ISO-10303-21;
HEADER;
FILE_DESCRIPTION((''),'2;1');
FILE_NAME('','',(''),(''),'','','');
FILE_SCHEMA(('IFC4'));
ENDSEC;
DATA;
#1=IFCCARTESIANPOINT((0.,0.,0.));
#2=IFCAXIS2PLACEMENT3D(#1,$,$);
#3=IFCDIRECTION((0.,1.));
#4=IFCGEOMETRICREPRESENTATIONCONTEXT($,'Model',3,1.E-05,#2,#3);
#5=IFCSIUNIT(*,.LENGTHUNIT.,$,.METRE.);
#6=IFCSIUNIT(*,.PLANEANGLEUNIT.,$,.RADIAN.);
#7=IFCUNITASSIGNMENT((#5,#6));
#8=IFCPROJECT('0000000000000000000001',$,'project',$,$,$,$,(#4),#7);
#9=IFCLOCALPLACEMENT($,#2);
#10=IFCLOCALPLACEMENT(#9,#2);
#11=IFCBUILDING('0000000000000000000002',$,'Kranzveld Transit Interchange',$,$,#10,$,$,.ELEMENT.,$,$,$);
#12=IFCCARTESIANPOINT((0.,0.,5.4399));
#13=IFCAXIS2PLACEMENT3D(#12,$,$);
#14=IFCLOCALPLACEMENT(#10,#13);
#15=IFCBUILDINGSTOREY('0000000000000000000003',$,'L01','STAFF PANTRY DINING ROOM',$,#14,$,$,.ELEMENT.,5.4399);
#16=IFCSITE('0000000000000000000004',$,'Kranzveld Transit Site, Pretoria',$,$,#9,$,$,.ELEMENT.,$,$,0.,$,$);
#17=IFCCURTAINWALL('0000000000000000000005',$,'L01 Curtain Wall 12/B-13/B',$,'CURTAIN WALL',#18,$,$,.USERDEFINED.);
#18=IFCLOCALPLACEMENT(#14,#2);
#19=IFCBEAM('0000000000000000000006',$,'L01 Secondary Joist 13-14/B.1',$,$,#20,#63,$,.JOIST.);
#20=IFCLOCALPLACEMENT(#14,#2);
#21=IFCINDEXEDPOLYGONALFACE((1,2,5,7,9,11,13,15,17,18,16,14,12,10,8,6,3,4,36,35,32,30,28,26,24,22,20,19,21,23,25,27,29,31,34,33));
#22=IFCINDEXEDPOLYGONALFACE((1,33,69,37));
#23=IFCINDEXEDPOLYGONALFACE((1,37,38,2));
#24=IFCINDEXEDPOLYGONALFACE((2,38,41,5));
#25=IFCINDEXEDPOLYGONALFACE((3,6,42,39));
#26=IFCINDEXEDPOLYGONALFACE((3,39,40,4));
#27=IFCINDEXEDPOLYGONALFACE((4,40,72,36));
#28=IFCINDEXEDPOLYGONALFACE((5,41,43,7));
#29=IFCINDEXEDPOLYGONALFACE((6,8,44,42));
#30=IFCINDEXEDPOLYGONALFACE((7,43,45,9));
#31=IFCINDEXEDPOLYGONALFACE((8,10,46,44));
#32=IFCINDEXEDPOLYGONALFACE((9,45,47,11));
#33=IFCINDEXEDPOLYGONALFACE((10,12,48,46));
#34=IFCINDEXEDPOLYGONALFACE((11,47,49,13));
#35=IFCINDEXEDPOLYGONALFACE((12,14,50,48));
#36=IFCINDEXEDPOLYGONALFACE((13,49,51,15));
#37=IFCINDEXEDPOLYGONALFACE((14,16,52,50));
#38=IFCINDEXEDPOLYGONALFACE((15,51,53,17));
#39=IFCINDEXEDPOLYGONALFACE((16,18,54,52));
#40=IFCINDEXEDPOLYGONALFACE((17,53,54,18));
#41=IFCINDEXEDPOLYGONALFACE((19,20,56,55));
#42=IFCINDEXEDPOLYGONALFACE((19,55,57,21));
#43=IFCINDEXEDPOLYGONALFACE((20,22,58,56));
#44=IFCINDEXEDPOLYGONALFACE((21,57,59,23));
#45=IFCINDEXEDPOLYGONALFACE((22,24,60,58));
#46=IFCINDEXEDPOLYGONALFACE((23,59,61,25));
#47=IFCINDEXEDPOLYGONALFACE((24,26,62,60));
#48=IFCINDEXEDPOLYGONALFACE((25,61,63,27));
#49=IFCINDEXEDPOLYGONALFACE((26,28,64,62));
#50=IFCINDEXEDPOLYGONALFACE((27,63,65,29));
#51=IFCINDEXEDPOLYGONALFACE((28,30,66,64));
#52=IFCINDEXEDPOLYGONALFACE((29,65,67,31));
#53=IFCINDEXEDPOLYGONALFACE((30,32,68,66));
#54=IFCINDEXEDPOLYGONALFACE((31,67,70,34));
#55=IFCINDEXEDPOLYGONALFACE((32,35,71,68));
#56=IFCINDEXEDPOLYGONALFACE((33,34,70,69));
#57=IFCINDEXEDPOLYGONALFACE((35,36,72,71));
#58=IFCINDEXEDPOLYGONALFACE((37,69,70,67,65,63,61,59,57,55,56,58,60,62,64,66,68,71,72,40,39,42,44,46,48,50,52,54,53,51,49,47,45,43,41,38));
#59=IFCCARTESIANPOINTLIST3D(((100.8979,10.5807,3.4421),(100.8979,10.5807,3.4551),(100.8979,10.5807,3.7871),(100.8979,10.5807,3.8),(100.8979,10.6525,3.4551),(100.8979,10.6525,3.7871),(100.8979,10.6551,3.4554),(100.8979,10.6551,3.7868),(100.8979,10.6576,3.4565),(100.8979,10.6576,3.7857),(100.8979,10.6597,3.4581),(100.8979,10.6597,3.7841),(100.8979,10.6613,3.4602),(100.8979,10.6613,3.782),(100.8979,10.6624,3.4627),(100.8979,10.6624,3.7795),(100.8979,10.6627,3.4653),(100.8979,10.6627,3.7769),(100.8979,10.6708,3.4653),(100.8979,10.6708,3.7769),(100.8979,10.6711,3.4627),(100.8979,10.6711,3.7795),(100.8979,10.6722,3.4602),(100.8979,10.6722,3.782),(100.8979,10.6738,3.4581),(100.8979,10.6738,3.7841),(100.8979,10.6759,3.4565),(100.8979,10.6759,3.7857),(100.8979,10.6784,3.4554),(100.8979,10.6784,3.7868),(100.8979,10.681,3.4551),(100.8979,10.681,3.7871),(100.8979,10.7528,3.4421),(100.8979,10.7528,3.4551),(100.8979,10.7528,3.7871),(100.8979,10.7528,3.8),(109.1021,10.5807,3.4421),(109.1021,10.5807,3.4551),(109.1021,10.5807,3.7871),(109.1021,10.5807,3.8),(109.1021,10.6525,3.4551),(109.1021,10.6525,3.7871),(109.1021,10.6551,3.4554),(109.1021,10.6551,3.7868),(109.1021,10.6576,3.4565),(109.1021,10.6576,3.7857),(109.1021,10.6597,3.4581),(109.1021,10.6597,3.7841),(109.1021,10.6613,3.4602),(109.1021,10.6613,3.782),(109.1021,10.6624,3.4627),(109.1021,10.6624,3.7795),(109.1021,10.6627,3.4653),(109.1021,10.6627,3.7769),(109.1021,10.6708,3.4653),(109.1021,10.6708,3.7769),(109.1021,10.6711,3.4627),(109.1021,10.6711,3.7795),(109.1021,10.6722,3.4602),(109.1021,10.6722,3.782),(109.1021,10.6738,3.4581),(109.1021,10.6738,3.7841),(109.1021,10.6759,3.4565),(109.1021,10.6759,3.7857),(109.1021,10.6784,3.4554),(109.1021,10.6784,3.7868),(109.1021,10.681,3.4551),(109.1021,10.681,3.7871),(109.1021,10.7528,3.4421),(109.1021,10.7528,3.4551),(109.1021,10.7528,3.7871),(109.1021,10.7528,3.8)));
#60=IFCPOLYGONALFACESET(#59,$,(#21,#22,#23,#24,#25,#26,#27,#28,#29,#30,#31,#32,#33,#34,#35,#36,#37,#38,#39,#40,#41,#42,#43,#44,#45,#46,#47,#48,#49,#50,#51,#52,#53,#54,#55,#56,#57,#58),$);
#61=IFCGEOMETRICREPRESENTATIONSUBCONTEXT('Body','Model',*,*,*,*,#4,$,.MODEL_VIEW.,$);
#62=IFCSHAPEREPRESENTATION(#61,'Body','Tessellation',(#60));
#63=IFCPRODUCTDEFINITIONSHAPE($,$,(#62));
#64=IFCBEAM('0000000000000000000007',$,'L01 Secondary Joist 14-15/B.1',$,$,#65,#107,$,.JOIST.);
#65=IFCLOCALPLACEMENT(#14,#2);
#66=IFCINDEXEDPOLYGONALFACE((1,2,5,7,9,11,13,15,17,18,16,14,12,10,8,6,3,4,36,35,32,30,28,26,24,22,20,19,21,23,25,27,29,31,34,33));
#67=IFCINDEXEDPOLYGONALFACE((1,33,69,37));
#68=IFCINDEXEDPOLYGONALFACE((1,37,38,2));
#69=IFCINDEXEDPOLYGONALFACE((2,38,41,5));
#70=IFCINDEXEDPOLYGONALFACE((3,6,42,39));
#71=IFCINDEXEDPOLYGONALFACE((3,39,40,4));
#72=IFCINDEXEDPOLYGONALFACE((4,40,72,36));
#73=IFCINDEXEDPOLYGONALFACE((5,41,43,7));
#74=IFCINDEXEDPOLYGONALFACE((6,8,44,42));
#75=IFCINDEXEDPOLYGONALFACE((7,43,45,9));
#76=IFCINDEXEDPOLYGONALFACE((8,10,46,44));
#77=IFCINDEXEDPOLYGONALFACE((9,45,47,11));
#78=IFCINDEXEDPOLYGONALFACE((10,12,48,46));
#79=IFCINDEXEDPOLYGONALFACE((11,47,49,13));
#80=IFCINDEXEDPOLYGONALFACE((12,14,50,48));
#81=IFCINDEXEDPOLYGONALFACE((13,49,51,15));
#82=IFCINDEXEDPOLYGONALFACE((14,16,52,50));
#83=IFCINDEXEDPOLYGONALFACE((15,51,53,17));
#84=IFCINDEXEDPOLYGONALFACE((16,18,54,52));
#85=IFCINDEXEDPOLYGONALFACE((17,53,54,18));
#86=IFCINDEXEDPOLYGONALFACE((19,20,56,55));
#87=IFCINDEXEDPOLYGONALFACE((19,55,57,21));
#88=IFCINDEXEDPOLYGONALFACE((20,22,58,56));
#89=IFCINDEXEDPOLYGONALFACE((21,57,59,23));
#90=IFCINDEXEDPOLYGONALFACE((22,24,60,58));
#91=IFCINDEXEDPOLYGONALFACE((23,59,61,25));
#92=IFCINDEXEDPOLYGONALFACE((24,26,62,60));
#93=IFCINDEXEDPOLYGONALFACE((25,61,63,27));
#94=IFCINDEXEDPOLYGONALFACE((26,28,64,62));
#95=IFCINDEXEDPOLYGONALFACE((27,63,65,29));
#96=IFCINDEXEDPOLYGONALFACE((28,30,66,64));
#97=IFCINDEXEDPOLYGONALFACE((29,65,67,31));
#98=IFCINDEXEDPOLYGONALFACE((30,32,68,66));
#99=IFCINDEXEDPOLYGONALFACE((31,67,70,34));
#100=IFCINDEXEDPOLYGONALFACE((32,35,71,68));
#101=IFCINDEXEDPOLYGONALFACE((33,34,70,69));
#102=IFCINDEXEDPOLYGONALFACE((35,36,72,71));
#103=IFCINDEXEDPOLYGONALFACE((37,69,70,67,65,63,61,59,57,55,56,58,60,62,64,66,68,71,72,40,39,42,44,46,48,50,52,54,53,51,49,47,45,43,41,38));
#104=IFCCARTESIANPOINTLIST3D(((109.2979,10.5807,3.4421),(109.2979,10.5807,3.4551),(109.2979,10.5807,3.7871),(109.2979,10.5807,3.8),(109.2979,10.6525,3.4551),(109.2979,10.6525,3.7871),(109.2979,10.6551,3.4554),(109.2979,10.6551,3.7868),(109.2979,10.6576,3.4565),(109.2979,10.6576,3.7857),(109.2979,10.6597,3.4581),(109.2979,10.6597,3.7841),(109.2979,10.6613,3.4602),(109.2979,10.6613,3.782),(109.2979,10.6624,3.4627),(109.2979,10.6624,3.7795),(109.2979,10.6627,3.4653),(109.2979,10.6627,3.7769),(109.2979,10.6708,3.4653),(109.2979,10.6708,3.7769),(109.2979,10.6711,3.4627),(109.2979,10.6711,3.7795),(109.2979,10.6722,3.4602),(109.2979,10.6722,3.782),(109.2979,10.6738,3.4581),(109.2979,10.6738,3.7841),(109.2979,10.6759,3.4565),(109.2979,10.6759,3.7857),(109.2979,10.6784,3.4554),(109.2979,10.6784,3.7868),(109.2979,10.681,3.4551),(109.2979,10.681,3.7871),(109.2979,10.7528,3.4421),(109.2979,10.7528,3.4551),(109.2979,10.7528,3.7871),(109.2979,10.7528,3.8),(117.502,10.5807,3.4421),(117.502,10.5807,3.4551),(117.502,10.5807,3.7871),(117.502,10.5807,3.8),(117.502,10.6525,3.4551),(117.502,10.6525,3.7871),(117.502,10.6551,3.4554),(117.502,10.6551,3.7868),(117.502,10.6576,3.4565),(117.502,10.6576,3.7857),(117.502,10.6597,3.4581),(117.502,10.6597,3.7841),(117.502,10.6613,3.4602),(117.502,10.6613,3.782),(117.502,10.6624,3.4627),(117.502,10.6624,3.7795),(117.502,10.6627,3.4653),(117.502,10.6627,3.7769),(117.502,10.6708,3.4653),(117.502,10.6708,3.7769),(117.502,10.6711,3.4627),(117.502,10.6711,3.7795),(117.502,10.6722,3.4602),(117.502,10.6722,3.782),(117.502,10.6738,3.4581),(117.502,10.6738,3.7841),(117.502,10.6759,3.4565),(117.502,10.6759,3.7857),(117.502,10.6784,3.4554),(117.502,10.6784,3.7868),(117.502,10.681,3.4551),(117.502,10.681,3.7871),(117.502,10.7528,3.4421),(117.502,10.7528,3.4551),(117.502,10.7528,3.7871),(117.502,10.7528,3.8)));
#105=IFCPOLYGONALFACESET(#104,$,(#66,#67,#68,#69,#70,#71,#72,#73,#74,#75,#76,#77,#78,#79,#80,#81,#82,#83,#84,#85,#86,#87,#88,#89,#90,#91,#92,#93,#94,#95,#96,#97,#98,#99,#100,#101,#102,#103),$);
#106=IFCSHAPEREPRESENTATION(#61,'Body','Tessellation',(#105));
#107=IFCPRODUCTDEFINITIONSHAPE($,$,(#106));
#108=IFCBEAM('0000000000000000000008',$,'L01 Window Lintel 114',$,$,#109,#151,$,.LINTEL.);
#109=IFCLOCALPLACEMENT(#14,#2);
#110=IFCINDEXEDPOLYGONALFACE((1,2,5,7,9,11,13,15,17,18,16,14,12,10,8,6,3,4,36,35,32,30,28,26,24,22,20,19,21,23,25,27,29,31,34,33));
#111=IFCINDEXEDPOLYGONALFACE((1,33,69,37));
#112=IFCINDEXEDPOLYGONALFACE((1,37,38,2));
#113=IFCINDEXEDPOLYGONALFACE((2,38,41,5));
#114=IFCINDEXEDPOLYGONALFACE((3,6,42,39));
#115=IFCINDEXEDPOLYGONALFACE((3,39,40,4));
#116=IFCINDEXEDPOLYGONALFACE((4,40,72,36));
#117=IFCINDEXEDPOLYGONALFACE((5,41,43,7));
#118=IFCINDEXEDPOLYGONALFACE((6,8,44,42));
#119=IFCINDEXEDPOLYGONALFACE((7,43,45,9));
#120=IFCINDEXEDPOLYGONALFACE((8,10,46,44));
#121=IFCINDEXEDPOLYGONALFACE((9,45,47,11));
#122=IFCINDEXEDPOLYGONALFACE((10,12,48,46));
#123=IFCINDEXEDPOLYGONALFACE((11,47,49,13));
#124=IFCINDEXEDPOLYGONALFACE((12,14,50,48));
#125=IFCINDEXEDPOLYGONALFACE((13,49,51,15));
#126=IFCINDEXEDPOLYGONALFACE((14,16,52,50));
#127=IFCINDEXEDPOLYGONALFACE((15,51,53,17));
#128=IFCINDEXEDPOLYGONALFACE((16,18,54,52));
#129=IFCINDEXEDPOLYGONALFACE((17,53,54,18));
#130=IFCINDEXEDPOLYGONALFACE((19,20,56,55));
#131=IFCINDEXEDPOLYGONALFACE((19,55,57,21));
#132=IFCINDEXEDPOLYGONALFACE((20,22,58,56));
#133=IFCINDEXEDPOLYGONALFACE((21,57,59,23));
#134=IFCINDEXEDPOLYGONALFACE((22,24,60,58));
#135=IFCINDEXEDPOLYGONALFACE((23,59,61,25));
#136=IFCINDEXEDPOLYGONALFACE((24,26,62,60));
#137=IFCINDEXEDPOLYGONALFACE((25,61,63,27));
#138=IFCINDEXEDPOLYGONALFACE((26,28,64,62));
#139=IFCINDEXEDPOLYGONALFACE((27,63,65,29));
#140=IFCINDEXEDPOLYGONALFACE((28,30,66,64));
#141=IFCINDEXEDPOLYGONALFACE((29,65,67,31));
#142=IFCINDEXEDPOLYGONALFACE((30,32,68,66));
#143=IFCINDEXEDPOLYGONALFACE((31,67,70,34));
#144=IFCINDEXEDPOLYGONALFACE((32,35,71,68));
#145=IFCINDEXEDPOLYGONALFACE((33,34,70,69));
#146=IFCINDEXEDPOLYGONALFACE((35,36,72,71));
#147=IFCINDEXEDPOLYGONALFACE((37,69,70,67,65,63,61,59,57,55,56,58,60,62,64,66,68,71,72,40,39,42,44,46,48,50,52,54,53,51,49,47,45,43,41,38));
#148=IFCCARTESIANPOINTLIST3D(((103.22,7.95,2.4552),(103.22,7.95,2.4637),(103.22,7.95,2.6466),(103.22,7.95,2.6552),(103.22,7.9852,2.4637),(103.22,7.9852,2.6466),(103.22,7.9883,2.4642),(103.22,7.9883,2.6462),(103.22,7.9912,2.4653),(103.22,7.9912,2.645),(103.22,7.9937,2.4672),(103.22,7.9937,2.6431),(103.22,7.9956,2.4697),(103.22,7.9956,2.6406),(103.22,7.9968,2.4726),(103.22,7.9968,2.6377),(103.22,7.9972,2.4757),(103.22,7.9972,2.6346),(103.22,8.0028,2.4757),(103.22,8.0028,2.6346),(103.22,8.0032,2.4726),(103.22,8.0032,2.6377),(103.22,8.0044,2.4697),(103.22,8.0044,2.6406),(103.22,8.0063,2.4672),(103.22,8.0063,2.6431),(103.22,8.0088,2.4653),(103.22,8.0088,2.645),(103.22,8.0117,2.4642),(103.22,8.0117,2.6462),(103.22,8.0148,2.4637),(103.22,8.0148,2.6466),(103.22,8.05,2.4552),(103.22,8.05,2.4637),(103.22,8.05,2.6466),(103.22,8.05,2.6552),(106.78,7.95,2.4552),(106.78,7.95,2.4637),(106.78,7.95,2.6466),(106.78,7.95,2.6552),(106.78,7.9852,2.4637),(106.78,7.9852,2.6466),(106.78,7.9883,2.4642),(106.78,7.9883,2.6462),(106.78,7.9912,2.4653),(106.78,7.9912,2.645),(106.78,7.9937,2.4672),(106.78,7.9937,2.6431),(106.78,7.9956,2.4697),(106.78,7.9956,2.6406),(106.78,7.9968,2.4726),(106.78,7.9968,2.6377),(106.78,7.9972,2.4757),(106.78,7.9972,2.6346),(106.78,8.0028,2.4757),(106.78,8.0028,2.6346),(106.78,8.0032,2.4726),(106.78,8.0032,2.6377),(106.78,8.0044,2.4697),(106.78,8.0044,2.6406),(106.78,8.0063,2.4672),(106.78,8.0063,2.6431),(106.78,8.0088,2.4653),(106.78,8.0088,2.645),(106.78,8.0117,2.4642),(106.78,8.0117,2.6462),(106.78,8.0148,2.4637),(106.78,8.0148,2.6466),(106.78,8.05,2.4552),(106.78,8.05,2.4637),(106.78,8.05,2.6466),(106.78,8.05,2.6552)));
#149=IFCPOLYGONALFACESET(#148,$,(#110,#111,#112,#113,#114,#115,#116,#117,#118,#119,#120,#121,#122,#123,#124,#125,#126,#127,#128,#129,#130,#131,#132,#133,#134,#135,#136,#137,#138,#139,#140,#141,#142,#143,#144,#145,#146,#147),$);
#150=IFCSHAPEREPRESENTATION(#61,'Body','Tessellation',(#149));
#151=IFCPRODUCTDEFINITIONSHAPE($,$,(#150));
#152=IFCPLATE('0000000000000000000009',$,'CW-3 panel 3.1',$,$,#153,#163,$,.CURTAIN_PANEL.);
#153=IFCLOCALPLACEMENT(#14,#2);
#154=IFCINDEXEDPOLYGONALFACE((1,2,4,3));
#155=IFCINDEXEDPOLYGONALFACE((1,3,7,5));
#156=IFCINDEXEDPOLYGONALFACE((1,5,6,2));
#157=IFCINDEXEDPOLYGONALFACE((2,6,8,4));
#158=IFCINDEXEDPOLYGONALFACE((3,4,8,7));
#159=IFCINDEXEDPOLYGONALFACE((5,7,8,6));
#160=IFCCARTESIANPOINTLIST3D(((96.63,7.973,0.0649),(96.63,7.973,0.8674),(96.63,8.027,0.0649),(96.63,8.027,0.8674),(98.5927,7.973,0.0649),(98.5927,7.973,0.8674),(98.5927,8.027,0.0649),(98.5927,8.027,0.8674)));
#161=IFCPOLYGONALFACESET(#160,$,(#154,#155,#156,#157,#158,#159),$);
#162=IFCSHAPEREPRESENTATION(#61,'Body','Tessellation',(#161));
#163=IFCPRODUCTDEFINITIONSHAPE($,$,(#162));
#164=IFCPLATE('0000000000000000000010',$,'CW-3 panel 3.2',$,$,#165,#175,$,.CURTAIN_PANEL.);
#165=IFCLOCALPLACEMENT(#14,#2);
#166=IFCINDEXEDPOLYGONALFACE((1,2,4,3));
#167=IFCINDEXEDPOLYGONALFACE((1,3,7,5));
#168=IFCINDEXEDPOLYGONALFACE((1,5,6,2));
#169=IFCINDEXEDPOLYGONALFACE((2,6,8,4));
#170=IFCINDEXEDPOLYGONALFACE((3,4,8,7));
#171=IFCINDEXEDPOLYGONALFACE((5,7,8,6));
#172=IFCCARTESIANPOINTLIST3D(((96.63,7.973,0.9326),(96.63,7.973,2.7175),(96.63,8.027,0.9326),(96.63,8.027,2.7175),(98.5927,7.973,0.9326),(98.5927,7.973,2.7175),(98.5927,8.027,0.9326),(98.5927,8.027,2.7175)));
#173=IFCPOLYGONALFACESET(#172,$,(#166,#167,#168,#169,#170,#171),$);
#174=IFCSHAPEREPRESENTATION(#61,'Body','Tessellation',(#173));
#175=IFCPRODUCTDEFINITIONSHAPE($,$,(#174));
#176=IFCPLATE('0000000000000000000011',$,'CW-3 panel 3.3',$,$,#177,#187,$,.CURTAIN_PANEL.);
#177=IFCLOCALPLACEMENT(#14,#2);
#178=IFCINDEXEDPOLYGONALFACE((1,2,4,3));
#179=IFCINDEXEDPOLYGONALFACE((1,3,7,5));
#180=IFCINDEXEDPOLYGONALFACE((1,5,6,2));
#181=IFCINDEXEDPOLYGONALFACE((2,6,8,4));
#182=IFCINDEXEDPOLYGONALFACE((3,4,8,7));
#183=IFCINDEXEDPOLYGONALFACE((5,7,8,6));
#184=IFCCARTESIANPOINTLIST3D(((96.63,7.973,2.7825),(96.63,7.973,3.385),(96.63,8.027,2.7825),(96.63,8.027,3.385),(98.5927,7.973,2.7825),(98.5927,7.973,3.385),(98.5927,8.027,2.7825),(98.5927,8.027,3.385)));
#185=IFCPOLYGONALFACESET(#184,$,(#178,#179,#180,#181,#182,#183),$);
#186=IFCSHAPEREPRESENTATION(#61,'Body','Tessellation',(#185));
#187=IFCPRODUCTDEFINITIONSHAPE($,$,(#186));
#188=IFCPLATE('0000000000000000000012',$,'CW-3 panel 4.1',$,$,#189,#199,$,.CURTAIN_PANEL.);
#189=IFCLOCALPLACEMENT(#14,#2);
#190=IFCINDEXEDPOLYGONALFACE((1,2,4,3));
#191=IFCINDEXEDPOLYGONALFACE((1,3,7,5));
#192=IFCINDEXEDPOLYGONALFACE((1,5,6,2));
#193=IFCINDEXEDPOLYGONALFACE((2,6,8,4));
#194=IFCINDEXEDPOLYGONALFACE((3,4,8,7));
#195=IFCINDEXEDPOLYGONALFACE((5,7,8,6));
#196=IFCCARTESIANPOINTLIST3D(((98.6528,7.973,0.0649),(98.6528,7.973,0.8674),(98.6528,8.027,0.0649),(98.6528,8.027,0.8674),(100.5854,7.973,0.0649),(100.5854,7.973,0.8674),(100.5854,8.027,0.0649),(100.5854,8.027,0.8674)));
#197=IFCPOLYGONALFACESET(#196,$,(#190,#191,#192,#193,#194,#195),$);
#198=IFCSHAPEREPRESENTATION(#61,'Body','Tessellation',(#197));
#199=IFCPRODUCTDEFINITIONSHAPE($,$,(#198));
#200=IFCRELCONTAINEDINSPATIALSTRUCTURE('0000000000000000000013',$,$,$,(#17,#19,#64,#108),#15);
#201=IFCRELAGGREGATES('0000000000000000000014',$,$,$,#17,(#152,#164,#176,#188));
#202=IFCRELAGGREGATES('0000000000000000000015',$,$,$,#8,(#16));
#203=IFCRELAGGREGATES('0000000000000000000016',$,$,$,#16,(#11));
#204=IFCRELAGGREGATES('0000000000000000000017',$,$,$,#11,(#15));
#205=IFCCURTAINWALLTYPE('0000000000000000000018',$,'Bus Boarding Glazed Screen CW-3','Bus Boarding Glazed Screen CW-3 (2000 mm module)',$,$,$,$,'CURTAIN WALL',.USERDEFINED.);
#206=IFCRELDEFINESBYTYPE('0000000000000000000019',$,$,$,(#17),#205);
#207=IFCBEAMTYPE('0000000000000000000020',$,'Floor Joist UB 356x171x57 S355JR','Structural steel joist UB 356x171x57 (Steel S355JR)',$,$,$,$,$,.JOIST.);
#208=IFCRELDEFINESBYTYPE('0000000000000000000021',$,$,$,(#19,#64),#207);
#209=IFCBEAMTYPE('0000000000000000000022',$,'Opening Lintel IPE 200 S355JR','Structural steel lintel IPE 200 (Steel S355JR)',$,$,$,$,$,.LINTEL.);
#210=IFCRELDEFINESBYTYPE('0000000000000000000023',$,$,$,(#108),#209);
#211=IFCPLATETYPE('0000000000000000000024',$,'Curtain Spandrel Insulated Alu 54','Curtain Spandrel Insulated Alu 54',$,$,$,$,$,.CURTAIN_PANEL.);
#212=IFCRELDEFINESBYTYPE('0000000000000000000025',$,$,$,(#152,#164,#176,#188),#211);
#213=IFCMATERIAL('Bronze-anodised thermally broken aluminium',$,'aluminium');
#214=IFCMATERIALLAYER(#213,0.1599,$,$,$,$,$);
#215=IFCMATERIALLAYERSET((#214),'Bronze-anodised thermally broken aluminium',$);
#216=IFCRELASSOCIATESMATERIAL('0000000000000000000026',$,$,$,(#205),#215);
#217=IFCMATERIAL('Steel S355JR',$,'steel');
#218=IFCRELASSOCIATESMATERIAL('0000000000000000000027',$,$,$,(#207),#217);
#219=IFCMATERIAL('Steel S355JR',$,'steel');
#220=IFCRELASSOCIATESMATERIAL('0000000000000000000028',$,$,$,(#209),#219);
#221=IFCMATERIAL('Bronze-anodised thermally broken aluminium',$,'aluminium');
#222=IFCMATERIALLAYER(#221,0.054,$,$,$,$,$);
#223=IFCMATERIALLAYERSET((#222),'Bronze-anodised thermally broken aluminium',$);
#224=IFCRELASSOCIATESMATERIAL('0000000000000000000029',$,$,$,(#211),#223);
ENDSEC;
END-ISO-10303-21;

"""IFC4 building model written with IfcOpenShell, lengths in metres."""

from ifc_helpers import new_model, si_unit, direction, frame, origin, origin_2d, place, context, subcontext, project, spatial, rectangle, i_section, extrude, material, layer, layer_set, material_profile, profile_set, type_object, element, aggregate, save


model = new_model("IFC4")

# Units and contexts
model_context = context("Model", 3, precision=1e-05, world=origin(), true_north=direction((0.0, 1.0)))
body_context = subcontext(model_context, "Body", "Model", "MODEL_VIEW")
ifc_project = project(units=[si_unit("LENGTHUNIT", "METRE"), si_unit("PLANEANGLEUNIT", "RADIAN")], contexts=[model_context])

# Site, building, storey
site_placement = place(None, origin())
site = spatial("IfcSite", under=ifc_project, at=site_placement, Name="Kranzveld Transit Site, Pretoria", CompositionType="ELEMENT", RefElevation=0.0)
building_placement = place(site_placement, origin())
building = spatial("IfcBuilding", under=site, at=building_placement, Name="Kranzveld Transit Interchange", CompositionType="ELEMENT")
storey_placement = place(building_placement, frame((0.0, 0.0, 5.4399)))
storey = spatial("IfcBuildingStorey", under=building, at=storey_placement, Name="L01", Description="STAFF PANTRY DINING ROOM", CompositionType="ELEMENT", Elevation=5.4399)

# Curtain wall
ifc_material_1 = material(Name="Bronze-anodised thermally broken aluminium", Category="aluminium")
ifc_layer_1 = layer(ifc_material_1, 0.1599)
ifc_layer_set_1 = layer_set([ifc_layer_1], Name="Bronze-anodised thermally broken aluminium")
curtain_wall_type = type_object("IfcCurtainWallType", Name="Bus Boarding Glazed Screen CW-3", Description="Bus Boarding Glazed Screen CW-3 (2000 mm module)", ElementType="CURTAIN WALL", PredefinedType="USERDEFINED", material=ifc_layer_set_1)
curtain_wall_placement = place(storey_placement, origin())
curtain_wall = element("IfcCurtainWall", 1, at=curtain_wall_placement, inside=storey, type_object=curtain_wall_type, Name="L01 Curtain Wall 12/B-13/B", ObjectType="CURTAIN WALL", PredefinedType="USERDEFINED")

# Beams
ifc_material_2 = material(Name="Steel S355JR", Category="steel")
ifc_material_profile_1 = material_profile(ifc_material_2, i_section(OverallWidth=0.1721, OverallDepth=0.3579, WebThickness=0.0081, FlangeThickness=0.0129, FilletRadius=0.0103, at=origin_2d()), Name="UB 356x171x57")
ifc_profile_set_1 = profile_set([ifc_material_profile_1], Name="Steel S355JR")
beam_type_1 = type_object("IfcBeamType", Name="Floor Joist UB 356x171x57 S355JR", Description="Structural steel joist UB 356x171x57 (Steel S355JR)", PredefinedType="JOIST", material=ifc_profile_set_1)
for number, where, z_axis, x_axis, name in (
    (2, (100.8979, 10.6667, 3.6211), (1.0, 0.0, 0.0), (0.0, 1.0, 0.0), "L01 Secondary Joist 13-14/B.1"),
    (3, (109.2979, 10.6667, 3.6211), (1.0, 0.0, 0.0), (0.0, 1.0, 0.0), "L01 Secondary Joist 14-15/B.1"),
):
    element("IfcBeam", number, at=place(storey_placement, frame(where, z_axis=z_axis, x_axis=x_axis)), inside=storey, type_object=beam_type_1, Name=name, PredefinedType="JOIST", context=body_context, shape_type="SweptSolid", body=[
        extrude(i_section(OverallWidth=0.1721, OverallDepth=0.3579, WebThickness=0.0081, FlangeThickness=0.0129, FilletRadius=0.0103, at=origin_2d()), origin(), (0.0, 0.0, 1.0), 8.2041),
    ])
ifc_material_3 = material(Name="Steel S355JR", Category="steel")
ifc_material_profile_2 = material_profile(ifc_material_3, i_section(OverallWidth=0.1001, OverallDepth=0.2, WebThickness=0.0056, FlangeThickness=0.0085, FilletRadius=0.012, at=origin_2d()), Name="IPE 200")
ifc_profile_set_2 = profile_set([ifc_material_profile_2], Name="Steel S355JR")
beam_type_2 = type_object("IfcBeamType", Name="Opening Lintel IPE 200 S355JR", Description="Structural steel lintel IPE 200 (Steel S355JR)", PredefinedType="LINTEL", material=ifc_profile_set_2)
beam_1_placement = place(storey_placement, frame((103.22, 8.0, 2.5552), z_axis=(1.0, 0.0, 0.0), x_axis=(0.0, 1.0, 0.0)))
element("IfcBeam", 4, at=beam_1_placement, inside=storey, type_object=beam_type_2, Name="L01 Window Lintel 114", PredefinedType="LINTEL", context=body_context, shape_type="SweptSolid", body=[
    extrude(i_section(OverallWidth=0.1001, OverallDepth=0.2, WebThickness=0.0056, FlangeThickness=0.0085, FilletRadius=0.012, at=origin_2d()), origin(), (0.0, 0.0, 1.0), 3.5601),
])

# Plates
ifc_material_4 = material(Name="Bronze-anodised thermally broken aluminium", Category="aluminium")
ifc_layer_2 = layer(ifc_material_4, 0.054)
ifc_layer_set_2 = layer_set([ifc_layer_2], Name="Bronze-anodised thermally broken aluminium")
plate_type = type_object("IfcPlateType", Name="Curtain Spandrel Insulated Alu 54", Description="Curtain Spandrel Insulated Alu 54", PredefinedType="CURTAIN_PANEL", material=ifc_layer_set_2)
plate_1_placement = place(storey_placement, frame((97.6113, 8.0, 0.0649), z_axis=(0.0, 0.0, 1.0), x_axis=(1.0, 0.0, 0.0)))
plate_1 = element("IfcPlate", 5, at=plate_1_placement, type_object=plate_type, Name="CW-3 panel 3.1", PredefinedType="CURTAIN_PANEL", context=body_context, shape_type="SweptSolid", body=[
    extrude(rectangle(XDim=1.9626, YDim=0.054, at=origin_2d()), origin(), (0.0, 0.0, 1.0), 0.8025),
])
plate_2_placement = place(storey_placement, frame((97.6113, 8.0, 0.9326), z_axis=(0.0, 0.0, 1.0), x_axis=(1.0, 0.0, 0.0)))
plate_2 = element("IfcPlate", 6, at=plate_2_placement, type_object=plate_type, Name="CW-3 panel 3.2", PredefinedType="CURTAIN_PANEL", context=body_context, shape_type="SweptSolid", body=[
    extrude(rectangle(XDim=1.9626, YDim=0.054, at=origin_2d()), origin(), (0.0, 0.0, 1.0), 1.7849),
])
plate_3_placement = place(storey_placement, frame((97.6113, 8.0, 2.7825), z_axis=(0.0, 0.0, 1.0), x_axis=(1.0, 0.0, 0.0)))
plate_3 = element("IfcPlate", 7, at=plate_3_placement, type_object=plate_type, Name="CW-3 panel 3.3", PredefinedType="CURTAIN_PANEL", context=body_context, shape_type="SweptSolid", body=[
    extrude(rectangle(XDim=1.9626, YDim=0.054, at=origin_2d()), origin(), (0.0, 0.0, 1.0), 0.6025),
])
plate_4_placement = place(storey_placement, frame((99.6191, 8.0, 0.0649), z_axis=(0.0, 0.0, 1.0), x_axis=(1.0, 0.0, 0.0)))
plate_4 = element("IfcPlate", 8, at=plate_4_placement, type_object=plate_type, Name="CW-3 panel 4.1", PredefinedType="CURTAIN_PANEL", context=body_context, shape_type="SweptSolid", body=[
    extrude(rectangle(XDim=1.9326, YDim=0.054, at=origin_2d()), origin(), (0.0, 0.0, 1.0), 0.8025),
])
aggregate(curtain_wall, [plate_1, plate_2, plate_3, plate_4])

save(model, "model.ifc")
